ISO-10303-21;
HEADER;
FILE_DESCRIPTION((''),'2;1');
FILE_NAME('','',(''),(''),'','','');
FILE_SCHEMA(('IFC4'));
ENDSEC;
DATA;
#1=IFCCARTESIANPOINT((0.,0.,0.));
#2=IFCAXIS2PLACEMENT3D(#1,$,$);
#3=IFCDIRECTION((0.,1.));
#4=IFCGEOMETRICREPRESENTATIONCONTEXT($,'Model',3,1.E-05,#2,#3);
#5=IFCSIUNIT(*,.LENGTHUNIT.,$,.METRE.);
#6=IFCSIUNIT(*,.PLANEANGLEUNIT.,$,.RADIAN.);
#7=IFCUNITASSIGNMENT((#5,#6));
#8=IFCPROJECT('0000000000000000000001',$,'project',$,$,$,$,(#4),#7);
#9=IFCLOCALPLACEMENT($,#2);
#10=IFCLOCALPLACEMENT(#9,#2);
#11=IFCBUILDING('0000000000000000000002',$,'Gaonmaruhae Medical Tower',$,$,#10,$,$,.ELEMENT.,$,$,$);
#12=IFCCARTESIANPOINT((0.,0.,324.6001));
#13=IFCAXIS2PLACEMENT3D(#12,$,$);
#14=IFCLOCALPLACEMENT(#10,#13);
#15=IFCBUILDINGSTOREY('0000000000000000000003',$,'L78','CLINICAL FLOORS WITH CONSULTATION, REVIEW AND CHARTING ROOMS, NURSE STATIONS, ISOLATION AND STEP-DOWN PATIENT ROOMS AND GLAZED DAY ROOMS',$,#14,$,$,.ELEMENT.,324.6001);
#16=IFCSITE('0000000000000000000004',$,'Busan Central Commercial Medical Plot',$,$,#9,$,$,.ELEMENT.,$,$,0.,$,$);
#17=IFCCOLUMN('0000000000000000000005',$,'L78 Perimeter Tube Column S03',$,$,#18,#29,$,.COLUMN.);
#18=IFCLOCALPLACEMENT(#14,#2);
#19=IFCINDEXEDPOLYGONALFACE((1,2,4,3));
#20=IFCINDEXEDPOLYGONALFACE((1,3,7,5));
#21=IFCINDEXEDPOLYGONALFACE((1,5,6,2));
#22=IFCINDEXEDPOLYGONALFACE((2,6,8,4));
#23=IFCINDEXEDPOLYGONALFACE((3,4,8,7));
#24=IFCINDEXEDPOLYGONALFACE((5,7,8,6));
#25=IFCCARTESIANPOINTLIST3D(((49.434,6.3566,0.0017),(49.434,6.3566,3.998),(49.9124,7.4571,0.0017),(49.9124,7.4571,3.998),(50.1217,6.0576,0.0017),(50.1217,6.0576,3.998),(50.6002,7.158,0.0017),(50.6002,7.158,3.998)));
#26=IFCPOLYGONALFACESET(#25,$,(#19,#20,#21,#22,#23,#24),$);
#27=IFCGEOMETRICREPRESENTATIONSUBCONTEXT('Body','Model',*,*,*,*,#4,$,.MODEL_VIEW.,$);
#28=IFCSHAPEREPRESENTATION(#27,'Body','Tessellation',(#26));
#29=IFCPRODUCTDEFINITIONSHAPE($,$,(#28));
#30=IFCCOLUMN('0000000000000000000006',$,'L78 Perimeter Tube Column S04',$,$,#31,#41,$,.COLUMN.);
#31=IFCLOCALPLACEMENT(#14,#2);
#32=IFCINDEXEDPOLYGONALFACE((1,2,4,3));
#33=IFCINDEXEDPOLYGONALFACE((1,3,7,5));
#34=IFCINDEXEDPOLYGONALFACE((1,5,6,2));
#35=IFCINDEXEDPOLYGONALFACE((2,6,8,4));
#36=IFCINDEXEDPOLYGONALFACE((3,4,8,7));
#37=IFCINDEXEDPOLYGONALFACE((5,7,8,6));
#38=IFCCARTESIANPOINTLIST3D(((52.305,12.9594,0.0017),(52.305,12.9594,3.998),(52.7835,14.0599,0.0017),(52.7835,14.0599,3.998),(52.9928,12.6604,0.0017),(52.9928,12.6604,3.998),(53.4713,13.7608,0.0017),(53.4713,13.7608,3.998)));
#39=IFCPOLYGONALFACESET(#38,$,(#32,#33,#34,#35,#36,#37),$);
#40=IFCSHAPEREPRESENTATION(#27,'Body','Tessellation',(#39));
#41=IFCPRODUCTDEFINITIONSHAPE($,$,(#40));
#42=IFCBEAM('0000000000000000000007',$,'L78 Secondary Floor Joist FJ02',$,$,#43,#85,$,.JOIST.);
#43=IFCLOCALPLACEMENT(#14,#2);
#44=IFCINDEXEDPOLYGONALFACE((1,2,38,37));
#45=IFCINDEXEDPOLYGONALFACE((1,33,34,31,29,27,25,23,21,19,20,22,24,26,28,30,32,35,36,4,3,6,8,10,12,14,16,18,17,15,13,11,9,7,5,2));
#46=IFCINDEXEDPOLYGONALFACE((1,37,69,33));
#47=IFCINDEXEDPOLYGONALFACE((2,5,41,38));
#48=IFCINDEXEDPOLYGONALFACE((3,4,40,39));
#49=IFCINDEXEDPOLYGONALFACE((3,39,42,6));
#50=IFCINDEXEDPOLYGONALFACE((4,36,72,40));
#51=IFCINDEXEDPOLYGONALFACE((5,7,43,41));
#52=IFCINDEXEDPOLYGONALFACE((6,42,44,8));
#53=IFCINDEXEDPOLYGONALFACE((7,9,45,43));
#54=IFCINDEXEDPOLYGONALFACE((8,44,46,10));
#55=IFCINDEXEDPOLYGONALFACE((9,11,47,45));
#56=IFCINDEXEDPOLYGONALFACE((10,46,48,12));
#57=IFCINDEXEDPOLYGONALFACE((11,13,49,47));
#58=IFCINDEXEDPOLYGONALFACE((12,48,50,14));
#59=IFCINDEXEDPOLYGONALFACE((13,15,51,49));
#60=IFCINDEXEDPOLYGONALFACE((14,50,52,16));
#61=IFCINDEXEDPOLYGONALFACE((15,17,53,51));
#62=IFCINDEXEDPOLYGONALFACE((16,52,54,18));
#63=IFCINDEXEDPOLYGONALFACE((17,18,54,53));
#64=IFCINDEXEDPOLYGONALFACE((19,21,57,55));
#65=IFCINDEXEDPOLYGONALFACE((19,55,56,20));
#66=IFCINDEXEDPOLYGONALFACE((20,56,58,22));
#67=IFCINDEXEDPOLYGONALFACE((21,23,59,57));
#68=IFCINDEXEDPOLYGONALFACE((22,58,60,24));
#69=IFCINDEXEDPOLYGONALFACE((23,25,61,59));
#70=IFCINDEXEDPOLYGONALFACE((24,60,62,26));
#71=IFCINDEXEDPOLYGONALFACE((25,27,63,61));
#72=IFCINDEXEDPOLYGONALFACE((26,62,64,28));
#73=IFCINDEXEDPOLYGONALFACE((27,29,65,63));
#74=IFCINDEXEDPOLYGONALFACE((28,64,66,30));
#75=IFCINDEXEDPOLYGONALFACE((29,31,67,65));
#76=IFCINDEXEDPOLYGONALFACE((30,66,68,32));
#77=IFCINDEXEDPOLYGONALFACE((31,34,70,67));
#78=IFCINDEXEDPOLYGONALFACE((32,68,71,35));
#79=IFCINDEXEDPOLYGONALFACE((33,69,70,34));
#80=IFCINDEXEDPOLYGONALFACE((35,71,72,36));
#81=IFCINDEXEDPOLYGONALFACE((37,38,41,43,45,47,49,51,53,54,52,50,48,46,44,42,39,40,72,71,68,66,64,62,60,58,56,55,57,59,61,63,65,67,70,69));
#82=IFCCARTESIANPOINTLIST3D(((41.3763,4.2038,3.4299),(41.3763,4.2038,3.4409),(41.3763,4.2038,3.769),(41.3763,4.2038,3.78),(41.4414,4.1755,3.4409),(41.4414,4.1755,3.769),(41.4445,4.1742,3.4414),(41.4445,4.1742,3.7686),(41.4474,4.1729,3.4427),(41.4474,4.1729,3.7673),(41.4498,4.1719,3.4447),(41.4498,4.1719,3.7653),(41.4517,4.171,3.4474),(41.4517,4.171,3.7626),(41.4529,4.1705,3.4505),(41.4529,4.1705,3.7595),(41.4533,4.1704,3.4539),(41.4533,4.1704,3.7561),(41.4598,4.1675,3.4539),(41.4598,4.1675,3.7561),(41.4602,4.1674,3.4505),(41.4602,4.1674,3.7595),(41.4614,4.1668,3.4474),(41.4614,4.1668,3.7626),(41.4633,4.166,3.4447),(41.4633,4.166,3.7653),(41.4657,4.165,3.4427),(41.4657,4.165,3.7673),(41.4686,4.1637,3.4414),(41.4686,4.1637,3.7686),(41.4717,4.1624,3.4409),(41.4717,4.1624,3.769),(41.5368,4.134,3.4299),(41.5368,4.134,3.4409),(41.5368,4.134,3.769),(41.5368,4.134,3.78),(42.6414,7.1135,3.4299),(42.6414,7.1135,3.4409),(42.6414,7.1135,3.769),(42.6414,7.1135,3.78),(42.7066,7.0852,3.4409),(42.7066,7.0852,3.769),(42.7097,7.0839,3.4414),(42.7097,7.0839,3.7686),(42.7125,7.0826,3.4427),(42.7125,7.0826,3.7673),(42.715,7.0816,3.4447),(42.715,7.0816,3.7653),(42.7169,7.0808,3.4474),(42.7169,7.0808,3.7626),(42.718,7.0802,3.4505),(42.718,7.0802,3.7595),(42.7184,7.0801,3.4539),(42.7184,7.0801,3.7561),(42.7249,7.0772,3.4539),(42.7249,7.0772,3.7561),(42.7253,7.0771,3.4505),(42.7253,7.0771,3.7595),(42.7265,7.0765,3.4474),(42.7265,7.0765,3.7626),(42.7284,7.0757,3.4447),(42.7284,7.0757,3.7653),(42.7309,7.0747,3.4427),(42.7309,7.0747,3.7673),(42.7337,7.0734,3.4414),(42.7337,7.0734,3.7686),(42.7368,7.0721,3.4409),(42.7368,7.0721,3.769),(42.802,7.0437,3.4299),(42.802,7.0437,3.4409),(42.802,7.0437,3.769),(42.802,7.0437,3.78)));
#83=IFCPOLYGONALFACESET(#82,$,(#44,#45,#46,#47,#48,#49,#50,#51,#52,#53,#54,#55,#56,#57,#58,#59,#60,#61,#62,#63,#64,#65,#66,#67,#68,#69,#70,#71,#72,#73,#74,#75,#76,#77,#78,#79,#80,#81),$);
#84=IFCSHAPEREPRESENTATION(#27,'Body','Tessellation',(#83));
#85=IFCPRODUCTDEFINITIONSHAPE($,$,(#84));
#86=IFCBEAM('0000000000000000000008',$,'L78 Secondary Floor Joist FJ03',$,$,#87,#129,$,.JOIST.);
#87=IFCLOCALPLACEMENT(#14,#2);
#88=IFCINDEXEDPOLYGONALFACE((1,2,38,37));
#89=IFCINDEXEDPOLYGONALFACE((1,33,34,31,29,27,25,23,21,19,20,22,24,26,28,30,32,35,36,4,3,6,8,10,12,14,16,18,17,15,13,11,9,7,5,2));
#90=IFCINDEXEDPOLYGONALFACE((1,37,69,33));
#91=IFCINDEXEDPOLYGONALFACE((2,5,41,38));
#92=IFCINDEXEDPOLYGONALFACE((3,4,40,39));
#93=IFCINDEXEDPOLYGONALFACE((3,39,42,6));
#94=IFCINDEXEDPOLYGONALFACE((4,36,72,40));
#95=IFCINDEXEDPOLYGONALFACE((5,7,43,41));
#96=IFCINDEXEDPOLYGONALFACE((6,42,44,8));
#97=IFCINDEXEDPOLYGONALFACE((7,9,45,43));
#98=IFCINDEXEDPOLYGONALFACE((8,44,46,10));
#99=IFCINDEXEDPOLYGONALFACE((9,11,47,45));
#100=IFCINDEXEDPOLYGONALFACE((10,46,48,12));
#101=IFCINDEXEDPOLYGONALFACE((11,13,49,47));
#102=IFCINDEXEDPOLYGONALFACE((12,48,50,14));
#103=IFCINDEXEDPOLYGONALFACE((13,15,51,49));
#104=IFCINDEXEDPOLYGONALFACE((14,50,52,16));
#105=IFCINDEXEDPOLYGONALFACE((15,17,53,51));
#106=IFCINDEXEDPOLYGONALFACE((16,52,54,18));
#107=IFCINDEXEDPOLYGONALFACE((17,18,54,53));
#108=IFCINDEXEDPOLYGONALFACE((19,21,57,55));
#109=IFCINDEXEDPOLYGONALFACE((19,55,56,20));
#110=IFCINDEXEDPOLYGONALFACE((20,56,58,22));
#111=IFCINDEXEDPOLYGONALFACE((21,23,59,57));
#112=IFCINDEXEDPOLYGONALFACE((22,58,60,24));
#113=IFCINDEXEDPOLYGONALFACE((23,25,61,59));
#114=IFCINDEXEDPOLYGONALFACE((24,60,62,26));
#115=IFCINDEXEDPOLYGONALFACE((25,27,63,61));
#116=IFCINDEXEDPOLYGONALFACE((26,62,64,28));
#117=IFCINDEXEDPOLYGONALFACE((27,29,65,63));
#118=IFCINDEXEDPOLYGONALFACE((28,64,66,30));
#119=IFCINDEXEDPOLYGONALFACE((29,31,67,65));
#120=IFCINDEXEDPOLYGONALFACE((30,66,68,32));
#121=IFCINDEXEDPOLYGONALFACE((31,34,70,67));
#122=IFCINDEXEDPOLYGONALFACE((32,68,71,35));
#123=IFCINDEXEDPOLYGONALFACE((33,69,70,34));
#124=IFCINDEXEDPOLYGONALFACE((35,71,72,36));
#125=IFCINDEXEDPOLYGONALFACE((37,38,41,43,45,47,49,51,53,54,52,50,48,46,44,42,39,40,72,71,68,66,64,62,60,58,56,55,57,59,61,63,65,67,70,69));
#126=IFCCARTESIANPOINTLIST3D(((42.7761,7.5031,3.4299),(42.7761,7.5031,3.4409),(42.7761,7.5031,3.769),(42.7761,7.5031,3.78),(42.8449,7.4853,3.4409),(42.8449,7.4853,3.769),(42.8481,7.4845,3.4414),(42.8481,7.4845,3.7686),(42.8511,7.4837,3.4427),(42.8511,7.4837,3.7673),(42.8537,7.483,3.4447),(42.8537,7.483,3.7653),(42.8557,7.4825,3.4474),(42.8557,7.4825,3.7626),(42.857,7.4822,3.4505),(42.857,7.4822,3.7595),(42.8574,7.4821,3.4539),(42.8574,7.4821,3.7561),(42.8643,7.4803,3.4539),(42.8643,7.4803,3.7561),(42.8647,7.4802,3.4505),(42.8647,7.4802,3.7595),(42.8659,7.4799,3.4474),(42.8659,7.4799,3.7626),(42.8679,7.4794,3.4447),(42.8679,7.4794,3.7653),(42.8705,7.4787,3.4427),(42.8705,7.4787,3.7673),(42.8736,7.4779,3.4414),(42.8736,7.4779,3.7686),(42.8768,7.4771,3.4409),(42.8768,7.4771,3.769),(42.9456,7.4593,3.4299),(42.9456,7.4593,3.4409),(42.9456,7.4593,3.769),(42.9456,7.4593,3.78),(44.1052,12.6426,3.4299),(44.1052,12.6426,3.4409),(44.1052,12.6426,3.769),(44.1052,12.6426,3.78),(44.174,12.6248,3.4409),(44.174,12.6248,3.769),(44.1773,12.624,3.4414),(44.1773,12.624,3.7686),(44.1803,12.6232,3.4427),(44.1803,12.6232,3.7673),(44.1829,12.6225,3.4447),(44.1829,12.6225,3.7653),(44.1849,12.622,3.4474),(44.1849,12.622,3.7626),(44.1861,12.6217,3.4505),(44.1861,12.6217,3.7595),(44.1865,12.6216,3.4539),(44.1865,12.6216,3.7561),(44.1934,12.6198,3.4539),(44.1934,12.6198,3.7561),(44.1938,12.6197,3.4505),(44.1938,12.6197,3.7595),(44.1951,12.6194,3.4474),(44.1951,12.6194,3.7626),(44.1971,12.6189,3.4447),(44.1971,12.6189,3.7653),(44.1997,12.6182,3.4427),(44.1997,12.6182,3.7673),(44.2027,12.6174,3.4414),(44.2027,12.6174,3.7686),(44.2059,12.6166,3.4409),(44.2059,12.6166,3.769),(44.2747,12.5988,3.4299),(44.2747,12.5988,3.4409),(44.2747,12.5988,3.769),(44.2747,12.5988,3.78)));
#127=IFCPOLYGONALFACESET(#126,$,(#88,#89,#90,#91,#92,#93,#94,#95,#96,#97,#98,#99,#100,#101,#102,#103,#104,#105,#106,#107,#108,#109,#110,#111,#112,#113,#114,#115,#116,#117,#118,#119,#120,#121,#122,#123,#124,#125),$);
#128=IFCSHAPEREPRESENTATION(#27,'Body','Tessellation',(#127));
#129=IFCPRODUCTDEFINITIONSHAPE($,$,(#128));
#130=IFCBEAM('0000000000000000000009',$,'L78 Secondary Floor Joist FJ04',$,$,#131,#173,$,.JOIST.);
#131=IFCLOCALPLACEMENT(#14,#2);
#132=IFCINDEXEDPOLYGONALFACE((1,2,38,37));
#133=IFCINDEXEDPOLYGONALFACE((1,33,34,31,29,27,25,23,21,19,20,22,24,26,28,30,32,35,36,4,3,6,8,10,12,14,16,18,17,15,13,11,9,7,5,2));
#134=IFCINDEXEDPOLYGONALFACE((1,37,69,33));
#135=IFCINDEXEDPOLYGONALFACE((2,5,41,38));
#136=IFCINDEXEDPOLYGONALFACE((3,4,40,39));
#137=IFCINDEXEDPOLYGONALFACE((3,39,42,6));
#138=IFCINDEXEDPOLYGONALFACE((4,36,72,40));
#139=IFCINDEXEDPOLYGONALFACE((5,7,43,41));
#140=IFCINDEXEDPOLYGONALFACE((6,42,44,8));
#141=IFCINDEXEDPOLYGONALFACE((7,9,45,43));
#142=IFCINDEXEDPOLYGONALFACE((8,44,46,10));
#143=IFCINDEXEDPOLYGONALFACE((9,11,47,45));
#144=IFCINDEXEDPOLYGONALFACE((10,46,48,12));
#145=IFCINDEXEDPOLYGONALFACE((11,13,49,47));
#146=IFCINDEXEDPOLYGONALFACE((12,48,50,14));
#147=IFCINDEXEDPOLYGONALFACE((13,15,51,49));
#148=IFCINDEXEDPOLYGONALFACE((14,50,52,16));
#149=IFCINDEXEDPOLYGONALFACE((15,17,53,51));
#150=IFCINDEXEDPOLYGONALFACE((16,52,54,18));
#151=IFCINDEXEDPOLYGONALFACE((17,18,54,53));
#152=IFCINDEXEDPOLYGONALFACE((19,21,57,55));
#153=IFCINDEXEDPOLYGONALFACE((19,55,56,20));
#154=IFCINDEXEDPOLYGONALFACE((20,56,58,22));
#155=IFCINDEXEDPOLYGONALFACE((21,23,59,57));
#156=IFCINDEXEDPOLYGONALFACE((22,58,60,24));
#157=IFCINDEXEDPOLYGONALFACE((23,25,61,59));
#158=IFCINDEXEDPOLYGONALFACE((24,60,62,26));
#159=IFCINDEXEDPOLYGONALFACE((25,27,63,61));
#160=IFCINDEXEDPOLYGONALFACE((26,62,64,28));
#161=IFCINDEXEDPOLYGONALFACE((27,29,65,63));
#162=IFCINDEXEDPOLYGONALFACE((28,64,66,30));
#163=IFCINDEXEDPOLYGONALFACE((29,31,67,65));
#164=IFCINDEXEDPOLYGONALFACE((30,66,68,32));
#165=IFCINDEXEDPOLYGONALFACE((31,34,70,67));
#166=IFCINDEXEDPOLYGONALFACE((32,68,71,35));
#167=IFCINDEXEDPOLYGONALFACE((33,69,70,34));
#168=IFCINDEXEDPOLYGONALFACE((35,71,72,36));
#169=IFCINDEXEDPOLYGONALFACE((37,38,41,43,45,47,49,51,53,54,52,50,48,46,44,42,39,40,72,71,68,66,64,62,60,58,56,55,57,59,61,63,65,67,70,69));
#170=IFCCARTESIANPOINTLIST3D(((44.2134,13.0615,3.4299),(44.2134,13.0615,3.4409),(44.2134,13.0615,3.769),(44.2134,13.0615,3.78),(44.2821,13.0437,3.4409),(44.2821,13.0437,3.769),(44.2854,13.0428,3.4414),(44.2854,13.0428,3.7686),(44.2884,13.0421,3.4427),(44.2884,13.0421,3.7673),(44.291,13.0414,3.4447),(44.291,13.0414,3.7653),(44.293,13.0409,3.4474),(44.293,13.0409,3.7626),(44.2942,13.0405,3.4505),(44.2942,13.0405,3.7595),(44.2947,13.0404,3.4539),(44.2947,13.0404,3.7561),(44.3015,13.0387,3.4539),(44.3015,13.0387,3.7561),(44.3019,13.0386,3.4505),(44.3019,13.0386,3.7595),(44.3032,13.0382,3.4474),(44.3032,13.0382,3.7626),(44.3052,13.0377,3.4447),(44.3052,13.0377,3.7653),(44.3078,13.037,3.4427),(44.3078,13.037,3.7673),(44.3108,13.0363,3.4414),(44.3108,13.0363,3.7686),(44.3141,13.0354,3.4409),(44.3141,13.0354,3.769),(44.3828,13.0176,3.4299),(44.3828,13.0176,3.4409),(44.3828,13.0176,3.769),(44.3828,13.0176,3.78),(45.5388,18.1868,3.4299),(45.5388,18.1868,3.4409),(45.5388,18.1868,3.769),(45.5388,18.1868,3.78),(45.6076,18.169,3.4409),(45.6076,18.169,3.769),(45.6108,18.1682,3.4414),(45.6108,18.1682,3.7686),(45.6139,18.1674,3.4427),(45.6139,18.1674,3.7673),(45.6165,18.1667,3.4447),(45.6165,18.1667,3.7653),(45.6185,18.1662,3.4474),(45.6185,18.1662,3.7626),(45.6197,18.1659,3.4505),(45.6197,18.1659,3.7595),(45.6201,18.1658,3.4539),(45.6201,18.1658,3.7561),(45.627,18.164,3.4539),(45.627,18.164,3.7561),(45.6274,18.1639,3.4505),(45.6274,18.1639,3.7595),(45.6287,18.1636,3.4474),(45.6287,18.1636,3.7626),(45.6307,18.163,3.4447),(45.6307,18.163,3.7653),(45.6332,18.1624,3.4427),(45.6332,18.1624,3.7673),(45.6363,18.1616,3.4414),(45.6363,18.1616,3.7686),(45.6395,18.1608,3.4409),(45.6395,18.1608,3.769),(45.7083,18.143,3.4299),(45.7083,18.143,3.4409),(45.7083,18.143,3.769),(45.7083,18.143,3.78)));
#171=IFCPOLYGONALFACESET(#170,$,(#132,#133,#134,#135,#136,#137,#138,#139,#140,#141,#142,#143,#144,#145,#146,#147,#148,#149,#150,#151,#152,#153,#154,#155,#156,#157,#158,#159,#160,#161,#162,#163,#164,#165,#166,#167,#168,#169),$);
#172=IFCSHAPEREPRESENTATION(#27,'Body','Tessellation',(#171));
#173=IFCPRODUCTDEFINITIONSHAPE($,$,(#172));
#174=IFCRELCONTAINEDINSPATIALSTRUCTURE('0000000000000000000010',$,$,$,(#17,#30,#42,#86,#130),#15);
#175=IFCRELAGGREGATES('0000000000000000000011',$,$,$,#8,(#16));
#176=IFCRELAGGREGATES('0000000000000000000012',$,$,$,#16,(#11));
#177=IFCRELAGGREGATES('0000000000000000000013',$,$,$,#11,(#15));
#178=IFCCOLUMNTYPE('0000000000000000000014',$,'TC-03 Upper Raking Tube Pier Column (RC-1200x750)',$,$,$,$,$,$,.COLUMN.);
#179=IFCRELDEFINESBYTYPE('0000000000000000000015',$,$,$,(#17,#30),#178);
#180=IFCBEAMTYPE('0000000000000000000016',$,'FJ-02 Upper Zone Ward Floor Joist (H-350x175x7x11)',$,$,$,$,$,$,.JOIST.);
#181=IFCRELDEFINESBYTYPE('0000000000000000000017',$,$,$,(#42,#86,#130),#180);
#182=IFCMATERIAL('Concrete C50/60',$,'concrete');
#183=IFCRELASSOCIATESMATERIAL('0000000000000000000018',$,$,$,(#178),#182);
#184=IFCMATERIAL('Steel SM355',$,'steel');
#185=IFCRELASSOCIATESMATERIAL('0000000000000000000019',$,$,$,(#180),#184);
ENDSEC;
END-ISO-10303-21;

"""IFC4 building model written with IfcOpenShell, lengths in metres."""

from ifc_helpers import new_model, si_unit, direction, frame, origin, origin_2d, place, context, subcontext, project, spatial, rectangle, i_section, extrude, material, material_profile, profile_set, type_object, element, save


model = new_model("IFC4")

# Units and contexts
model_context = context("Model", 3, precision=1e-05, world=origin(), true_north=direction((0.0, 1.0)))
body_context = subcontext(model_context, "Body", "Model", "MODEL_VIEW")
ifc_project = project(units=[si_unit("LENGTHUNIT", "METRE"), si_unit("PLANEANGLEUNIT", "RADIAN")], contexts=[model_context])

# Site, building, storey
site_placement = place(None, origin())
site = spatial("IfcSite", under=ifc_project, at=site_placement, Name="Busan Central Commercial Medical Plot", CompositionType="ELEMENT", RefElevation=0.0)
building_placement = place(site_placement, origin())
building = spatial("IfcBuilding", under=site, at=building_placement, Name="Gaonmaruhae Medical Tower", CompositionType="ELEMENT")
storey_placement = place(building_placement, frame((0.0, 0.0, 324.6001)))
storey = spatial("IfcBuildingStorey", under=building, at=storey_placement, Name="L78", Description="CLINICAL FLOORS WITH CONSULTATION, REVIEW AND CHARTING ROOMS, NURSE STATIONS, ISOLATION AND STEP-DOWN PATIENT ROOMS AND GLAZED DAY ROOMS", CompositionType="ELEMENT", Elevation=324.6001)

# Columns
ifc_material_1 = material(Name="Concrete C50/60", Category="concrete")
ifc_material_profile_1 = material_profile(ifc_material_1, rectangle(XDim=1.2, YDim=0.75, at=origin_2d()), Name="RC-1200x750")
ifc_profile_set_1 = profile_set([ifc_material_profile_1], Name="Concrete C50/60")
column_type = type_object("IfcColumnType", Name="TC-03 Upper Raking Tube Pier Column (RC-1200x750)", PredefinedType="COLUMN", material=ifc_profile_set_1)
for number, where, z_axis, x_axis, name in (
    (1, (50.0171, 6.7573, 0.0017), (0.0, 0.0, 1.0), (0.398749, 0.91706, 0.0), "L78 Perimeter Tube Column S03"),
    (2, (52.8882, 13.3601, 0.0017), (0.0, 0.0, 1.0), (0.398749, 0.91706, 0.0), "L78 Perimeter Tube Column S04"),
):
    element("IfcColumn", number, at=place(storey_placement, frame(where, z_axis=z_axis, x_axis=x_axis)), inside=storey, type_object=column_type, Name=name, PredefinedType="COLUMN", context=body_context, shape_type="SweptSolid", body=[
        extrude(rectangle(XDim=1.2, YDim=0.75, at=origin_2d()), origin(), (0.0, 0.0, 1.0), 3.9963),
    ])

# Beams
ifc_material_2 = material(Name="Steel SM355", Category="steel")
ifc_material_profile_2 = material_profile(ifc_material_2, i_section(OverallWidth=0.175, OverallDepth=0.3501, WebThickness=0.0071, FlangeThickness=0.011, FilletRadius=0.0129, at=origin_2d()), Name="H-350x175x7x11")
ifc_profile_set_2 = profile_set([ifc_material_profile_2], Name="Steel SM355")
beam_type_1 = type_object("IfcBeamType", Name="FJ-02 Upper Zone Ward Floor Joist (H-350x175x7x11)", PredefinedType="JOIST", material=ifc_profile_set_2)
beam_1_placement = place(storey_placement, frame((41.4565, 4.1689, 3.605), z_axis=(0.398743, 0.917063, 0.0), x_axis=(-0.917063, 0.398743, 0.0)))
element("IfcBeam", 3, at=beam_1_placement, inside=storey, type_object=beam_type_1, Name="L78 Secondary Floor Joist FJ02", PredefinedType="JOIST", context=body_context, shape_type="SweptSolid", body=[
    extrude(i_section(OverallWidth=0.175, OverallDepth=0.3501, WebThickness=0.0071, FlangeThickness=0.011, FilletRadius=0.0129, at=origin_2d()), origin(), (0.0, 0.0, 1.0), 3.1729),
])
beam_2_placement = place(storey_placement, frame((42.8608, 7.4812, 3.605), z_axis=(0.250373, 0.968149, 0.0), x_axis=(-0.968149, 0.250373, 0.0)))
element("IfcBeam", 4, at=beam_2_placement, inside=storey, type_object=beam_type_1, Name="L78 Secondary Floor Joist FJ03", PredefinedType="JOIST", context=body_context, shape_type="SweptSolid", body=[
    extrude(i_section(OverallWidth=0.175, OverallDepth=0.3501, WebThickness=0.0071, FlangeThickness=0.011, FilletRadius=0.0129, at=origin_2d()), origin(), (0.0, 0.0, 1.0), 5.3086),
])
beam_3_placement = place(storey_placement, frame((44.2981, 13.0396, 3.605), z_axis=(0.250373, 0.968149, 0.0), x_axis=(-0.968149, 0.250373, 0.0)))
element("IfcBeam", 5, at=beam_3_placement, inside=storey, type_object=beam_type_1, Name="L78 Secondary Floor Joist FJ04", PredefinedType="JOIST", context=body_context, shape_type="SweptSolid", body=[
    extrude(i_section(OverallWidth=0.175, OverallDepth=0.3501, WebThickness=0.0071, FlangeThickness=0.011, FilletRadius=0.0129, at=origin_2d()), origin(), (0.0, 0.0, 1.0), 5.2939),
])

save(model, "model.ifc")
